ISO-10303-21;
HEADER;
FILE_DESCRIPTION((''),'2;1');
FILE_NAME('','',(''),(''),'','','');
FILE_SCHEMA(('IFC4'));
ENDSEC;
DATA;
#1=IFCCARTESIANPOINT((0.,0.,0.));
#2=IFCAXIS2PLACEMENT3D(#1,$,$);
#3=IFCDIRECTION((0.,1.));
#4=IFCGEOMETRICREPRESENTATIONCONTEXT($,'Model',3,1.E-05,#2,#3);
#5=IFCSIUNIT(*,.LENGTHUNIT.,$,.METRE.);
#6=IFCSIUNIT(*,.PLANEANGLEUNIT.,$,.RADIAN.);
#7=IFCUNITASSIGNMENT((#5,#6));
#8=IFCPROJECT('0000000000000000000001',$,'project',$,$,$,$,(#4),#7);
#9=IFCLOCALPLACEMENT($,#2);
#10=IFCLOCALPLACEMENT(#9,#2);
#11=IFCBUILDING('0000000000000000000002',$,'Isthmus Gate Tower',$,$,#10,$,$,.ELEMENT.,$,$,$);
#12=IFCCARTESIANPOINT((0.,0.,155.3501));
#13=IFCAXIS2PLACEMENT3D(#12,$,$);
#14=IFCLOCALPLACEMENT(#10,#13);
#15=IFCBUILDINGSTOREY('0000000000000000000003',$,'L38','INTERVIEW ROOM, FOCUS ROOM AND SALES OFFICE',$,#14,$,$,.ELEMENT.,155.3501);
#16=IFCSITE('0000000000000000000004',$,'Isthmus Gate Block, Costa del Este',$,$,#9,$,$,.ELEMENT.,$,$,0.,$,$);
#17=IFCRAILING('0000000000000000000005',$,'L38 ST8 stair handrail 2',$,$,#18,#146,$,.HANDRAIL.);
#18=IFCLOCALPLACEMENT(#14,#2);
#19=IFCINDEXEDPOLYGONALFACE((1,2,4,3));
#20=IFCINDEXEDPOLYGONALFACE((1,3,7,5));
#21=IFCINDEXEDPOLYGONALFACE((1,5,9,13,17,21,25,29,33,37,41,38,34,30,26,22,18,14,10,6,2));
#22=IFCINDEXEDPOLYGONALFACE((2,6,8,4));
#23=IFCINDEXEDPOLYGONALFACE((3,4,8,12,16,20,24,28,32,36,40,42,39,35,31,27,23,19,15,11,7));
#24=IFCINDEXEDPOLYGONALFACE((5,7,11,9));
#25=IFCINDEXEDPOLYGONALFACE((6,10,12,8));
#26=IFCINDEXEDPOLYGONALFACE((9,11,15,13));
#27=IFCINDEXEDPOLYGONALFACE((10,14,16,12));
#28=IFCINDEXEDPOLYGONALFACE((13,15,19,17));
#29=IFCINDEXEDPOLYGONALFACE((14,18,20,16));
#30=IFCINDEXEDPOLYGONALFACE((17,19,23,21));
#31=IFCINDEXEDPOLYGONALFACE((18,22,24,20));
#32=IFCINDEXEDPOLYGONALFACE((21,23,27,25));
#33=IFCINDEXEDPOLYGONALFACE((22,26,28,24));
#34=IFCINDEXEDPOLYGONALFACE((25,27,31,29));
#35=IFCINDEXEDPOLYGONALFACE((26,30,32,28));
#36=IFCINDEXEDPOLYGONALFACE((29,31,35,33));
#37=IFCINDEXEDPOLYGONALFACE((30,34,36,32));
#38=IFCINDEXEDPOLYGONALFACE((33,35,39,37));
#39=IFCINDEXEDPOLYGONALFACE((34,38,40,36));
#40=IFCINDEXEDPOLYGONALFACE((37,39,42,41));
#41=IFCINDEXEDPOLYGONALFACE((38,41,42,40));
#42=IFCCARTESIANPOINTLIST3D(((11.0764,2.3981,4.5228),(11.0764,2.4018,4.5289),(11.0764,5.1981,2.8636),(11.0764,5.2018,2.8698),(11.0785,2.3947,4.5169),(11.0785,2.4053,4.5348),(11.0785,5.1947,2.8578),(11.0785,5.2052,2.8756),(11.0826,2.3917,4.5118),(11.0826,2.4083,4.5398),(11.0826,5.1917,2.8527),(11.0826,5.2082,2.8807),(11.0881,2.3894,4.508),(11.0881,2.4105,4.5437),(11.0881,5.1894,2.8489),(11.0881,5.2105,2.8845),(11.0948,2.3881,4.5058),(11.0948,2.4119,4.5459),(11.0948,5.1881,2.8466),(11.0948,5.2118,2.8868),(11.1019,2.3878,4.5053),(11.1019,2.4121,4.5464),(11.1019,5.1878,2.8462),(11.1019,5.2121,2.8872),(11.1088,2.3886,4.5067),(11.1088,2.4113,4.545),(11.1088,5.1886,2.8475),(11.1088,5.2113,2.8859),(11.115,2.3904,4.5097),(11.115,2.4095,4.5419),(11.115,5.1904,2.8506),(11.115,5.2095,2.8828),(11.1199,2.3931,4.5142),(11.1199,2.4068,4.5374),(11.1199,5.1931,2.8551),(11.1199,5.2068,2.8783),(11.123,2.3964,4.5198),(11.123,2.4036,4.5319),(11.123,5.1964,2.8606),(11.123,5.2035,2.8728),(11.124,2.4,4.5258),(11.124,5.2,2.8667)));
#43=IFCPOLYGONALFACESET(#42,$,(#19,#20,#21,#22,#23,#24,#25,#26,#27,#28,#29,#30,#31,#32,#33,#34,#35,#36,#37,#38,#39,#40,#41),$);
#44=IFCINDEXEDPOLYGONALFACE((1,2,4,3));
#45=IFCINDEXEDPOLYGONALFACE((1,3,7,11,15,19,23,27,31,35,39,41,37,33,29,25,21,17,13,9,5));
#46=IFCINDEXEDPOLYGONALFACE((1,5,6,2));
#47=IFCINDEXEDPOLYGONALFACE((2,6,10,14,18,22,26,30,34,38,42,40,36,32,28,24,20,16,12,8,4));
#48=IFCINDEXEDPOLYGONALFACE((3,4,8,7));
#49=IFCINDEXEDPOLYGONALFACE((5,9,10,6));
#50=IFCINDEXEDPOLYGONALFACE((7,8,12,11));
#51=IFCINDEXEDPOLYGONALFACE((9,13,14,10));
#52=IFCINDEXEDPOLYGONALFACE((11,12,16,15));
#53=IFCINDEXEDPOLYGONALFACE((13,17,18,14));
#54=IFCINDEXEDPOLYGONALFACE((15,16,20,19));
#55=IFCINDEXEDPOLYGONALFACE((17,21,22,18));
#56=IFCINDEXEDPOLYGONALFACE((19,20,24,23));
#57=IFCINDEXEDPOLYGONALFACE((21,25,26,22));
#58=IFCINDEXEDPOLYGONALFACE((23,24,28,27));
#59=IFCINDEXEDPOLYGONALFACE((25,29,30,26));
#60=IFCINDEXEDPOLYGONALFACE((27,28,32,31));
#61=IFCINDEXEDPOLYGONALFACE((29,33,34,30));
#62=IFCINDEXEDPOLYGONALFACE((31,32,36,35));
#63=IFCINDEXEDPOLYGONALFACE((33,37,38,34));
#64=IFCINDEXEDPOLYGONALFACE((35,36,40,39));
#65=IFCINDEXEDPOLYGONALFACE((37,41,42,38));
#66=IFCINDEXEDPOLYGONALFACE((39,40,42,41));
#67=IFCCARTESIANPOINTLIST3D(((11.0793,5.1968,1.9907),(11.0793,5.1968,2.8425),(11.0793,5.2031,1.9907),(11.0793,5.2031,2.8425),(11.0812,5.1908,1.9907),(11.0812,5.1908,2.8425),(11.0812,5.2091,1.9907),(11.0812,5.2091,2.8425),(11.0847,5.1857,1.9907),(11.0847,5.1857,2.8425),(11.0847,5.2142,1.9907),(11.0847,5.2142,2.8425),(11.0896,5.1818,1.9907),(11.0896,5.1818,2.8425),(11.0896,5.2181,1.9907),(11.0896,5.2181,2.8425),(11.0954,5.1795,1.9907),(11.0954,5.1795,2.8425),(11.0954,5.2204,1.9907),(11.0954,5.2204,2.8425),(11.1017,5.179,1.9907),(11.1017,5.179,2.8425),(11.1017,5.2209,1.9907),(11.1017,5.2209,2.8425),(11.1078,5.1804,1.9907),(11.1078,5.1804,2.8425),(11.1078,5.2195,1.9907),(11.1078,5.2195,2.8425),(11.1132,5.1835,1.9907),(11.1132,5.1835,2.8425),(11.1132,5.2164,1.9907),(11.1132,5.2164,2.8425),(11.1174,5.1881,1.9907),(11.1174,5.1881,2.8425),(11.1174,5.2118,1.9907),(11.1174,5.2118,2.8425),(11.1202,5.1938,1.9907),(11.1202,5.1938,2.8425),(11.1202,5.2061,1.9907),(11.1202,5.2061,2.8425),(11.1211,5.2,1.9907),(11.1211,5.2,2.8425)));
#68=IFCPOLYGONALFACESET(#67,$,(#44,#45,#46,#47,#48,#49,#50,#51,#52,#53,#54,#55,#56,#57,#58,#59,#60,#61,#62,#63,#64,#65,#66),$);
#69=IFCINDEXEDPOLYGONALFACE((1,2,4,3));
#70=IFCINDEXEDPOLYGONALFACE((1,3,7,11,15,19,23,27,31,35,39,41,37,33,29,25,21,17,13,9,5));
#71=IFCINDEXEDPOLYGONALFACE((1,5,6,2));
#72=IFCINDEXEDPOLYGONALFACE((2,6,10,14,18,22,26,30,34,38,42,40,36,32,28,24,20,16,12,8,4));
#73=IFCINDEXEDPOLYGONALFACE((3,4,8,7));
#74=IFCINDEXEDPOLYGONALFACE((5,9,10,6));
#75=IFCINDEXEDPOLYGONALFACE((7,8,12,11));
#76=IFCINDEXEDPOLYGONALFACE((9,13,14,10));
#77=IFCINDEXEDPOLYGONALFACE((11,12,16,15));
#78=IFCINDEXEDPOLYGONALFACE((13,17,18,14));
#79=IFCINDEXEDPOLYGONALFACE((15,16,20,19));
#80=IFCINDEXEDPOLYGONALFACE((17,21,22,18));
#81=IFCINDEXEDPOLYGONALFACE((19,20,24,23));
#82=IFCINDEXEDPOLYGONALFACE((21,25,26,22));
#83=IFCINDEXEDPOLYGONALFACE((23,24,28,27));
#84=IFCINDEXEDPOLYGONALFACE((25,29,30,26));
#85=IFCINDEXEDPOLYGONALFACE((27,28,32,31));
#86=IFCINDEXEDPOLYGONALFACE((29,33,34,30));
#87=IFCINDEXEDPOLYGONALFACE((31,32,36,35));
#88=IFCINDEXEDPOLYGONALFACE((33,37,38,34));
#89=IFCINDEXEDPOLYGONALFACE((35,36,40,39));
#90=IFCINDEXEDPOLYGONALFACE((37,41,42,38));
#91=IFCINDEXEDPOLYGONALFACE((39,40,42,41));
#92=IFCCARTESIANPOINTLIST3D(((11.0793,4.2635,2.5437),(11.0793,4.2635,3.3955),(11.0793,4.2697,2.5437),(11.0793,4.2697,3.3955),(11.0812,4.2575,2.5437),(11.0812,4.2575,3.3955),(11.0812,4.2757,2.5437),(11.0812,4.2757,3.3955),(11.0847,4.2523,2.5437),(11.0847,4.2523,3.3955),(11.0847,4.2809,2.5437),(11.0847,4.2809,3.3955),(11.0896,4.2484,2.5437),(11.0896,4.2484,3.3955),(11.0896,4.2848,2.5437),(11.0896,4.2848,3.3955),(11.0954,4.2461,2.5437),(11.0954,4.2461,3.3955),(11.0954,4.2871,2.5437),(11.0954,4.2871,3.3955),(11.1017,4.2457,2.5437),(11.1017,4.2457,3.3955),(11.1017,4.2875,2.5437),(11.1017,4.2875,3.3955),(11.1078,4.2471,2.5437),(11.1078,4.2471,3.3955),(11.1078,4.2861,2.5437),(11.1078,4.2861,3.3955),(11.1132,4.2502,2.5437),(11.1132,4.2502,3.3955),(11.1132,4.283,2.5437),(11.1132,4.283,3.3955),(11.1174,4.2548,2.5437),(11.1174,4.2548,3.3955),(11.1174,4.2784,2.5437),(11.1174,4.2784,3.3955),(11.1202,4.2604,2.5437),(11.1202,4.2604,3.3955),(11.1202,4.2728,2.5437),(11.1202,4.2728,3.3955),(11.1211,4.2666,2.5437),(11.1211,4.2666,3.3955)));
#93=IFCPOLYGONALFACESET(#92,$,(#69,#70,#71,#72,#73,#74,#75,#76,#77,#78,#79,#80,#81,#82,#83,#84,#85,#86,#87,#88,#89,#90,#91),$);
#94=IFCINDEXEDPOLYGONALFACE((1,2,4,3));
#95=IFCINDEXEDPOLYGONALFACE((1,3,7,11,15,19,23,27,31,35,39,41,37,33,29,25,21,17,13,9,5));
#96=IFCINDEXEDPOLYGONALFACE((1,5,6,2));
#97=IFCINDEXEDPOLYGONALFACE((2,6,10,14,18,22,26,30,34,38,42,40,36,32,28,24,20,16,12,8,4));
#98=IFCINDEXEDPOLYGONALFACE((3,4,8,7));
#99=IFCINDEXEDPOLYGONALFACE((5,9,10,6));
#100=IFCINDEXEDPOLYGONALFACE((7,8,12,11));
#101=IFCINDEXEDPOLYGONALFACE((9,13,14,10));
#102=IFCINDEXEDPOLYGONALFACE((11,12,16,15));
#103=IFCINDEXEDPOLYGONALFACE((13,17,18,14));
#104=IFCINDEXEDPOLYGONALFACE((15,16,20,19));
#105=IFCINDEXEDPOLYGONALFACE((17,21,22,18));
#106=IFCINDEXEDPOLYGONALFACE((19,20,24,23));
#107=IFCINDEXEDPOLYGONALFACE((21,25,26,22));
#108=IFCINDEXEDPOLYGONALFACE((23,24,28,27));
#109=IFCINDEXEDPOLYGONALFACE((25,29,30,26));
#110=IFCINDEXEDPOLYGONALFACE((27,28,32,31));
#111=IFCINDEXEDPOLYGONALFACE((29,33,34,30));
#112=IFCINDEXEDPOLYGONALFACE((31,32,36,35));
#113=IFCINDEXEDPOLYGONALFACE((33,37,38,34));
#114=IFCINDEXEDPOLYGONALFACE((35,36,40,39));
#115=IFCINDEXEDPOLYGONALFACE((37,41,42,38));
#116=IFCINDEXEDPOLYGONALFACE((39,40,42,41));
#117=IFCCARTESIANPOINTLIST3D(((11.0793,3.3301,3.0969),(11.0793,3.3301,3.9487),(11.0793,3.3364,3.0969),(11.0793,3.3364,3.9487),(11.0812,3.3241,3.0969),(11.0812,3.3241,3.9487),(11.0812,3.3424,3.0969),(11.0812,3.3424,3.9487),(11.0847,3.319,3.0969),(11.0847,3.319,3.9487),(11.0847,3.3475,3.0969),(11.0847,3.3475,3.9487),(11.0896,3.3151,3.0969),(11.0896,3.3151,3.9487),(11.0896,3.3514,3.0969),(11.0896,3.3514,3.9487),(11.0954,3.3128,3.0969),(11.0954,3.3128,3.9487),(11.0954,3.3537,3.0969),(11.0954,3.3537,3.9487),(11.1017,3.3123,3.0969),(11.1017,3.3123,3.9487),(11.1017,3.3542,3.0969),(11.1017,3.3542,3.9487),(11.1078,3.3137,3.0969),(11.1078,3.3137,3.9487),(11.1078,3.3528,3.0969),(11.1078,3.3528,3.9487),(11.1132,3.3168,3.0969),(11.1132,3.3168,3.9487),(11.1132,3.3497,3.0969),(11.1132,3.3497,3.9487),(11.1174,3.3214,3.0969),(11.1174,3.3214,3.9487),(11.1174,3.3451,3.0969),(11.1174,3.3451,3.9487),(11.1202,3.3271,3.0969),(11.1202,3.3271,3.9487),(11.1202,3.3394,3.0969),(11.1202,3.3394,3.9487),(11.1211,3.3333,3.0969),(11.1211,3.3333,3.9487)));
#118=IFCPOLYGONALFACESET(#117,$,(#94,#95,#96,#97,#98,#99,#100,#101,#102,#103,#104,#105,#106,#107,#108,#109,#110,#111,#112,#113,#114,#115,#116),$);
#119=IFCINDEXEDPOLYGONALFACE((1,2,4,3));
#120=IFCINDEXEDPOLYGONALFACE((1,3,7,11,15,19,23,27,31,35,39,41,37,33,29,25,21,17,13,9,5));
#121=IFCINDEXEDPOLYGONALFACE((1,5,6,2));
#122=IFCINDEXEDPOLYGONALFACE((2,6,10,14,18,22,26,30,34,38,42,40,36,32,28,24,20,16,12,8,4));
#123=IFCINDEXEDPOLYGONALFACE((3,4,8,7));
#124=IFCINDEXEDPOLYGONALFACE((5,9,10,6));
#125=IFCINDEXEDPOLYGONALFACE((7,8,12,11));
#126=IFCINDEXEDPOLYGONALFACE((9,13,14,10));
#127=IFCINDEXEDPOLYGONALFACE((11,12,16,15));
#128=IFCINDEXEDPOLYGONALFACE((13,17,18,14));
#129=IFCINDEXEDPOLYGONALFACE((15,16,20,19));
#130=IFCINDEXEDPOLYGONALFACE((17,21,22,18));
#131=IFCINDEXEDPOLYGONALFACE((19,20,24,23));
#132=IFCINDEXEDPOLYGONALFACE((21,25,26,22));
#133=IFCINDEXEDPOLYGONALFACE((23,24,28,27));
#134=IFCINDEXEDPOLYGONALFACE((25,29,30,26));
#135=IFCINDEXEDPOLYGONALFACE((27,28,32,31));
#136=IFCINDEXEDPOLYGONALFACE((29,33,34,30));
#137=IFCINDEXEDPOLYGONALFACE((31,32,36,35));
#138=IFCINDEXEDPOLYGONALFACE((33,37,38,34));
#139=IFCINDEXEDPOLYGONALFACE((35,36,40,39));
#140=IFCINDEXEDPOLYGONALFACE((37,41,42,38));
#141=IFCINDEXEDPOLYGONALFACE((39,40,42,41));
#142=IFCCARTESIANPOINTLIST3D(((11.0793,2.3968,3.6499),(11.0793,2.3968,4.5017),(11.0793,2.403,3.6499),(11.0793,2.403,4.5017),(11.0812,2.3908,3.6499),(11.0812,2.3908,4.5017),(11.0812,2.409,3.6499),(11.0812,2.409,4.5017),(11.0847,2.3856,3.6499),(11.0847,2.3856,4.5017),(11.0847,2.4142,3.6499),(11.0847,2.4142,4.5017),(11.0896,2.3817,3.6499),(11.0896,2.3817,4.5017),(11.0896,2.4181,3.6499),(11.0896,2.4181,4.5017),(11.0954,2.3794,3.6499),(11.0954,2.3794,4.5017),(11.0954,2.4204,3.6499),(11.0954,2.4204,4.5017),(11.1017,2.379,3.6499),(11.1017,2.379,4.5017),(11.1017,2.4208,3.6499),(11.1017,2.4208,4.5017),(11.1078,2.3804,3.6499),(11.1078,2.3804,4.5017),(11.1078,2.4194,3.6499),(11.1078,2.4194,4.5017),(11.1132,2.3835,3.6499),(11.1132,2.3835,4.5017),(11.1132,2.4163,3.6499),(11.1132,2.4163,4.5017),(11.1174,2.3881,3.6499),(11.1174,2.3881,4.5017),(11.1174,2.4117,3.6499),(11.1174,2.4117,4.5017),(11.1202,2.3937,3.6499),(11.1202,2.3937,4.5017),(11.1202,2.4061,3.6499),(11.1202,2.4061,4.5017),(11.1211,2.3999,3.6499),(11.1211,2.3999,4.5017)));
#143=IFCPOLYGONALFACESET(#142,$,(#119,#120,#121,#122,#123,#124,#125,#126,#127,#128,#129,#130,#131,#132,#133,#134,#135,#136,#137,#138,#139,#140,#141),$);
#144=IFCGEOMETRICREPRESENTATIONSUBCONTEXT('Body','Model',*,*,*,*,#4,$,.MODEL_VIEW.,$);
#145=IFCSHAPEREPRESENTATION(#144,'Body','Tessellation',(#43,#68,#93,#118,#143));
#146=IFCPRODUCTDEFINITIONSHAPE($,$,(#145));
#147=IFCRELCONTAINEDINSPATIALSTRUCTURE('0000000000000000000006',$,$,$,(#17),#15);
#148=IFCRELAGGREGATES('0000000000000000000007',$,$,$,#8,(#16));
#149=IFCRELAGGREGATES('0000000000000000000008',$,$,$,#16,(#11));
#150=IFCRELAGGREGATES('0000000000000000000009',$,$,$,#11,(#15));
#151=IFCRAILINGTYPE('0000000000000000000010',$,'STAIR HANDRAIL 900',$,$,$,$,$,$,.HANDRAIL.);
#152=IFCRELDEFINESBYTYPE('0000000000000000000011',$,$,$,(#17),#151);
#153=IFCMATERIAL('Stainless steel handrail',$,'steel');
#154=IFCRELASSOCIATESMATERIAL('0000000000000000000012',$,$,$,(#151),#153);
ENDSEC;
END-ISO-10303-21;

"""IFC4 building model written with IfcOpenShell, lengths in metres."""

from ifc_helpers import new_model, si_unit, direction, frame, origin, origin_2d, place, context, subcontext, project, spatial, circle, extrude, material, type_object, element, save


model = new_model("IFC4")

# Units and contexts
model_context = context("Model", 3, precision=1e-05, world=origin(), true_north=direction((0.0, 1.0)))
body_context = subcontext(model_context, "Body", "Model", "MODEL_VIEW")
ifc_project = project(units=[si_unit("LENGTHUNIT", "METRE"), si_unit("PLANEANGLEUNIT", "RADIAN")], contexts=[model_context])

# Site, building, storey
site_placement = place(None, origin())
site = spatial("IfcSite", under=ifc_project, at=site_placement, Name="Isthmus Gate Block, Costa del Este", CompositionType="ELEMENT", RefElevation=0.0)
building_placement = place(site_placement, origin())
building = spatial("IfcBuilding", under=site, at=building_placement, Name="Isthmus Gate Tower", CompositionType="ELEMENT")
storey_placement = place(building_placement, frame((0.0, 0.0, 155.3501)))
storey = spatial("IfcBuildingStorey", under=building, at=storey_placement, Name="L38", Description="INTERVIEW ROOM, FOCUS ROOM AND SALES OFFICE", CompositionType="ELEMENT", Elevation=155.3501)

# Railing
ifc_material_1 = material(Name="Stainless steel handrail", Category="steel")
railing_type_1 = type_object("IfcRailingType", Name="STAIR HANDRAIL 900", PredefinedType="HANDRAIL", material=ifc_material_1)
railing_1_placement = place(storey_placement, frame((11.1001, 5.2, 1.9907)))
element("IfcRailing", 1, at=railing_1_placement, inside=storey, type_object=railing_type_1, Name="L38 ST8 stair handrail 2", PredefinedType="HANDRAIL", context=body_context, shape_type="SweptSolid", body=[
    extrude(circle(Radius=0.0239, at=origin_2d()), frame((0.0, 0.0, 0.876), z_axis=(0.0, -0.860306, 0.509778), x_axis=(1.0, 0.0, 0.0)), (0.0, 0.0, 1.0), 3.2546),
    extrude(circle(Radius=0.021, at=origin_2d()), origin(), (0.0, 0.0, 1.0), 0.8518),
    extrude(circle(Radius=0.021, at=origin_2d()), frame((0.0, -0.9333, 0.553)), (0.0, 0.0, 1.0), 0.8518),
    extrude(circle(Radius=0.021, at=origin_2d()), frame((0.0, -1.8667, 1.1062)), (0.0, 0.0, 1.0), 0.8518),
    extrude(circle(Radius=0.021, at=origin_2d()), frame((0.0, -2.8, 1.6592)), (0.0, 0.0, 1.0), 0.8518),
])

save(model, "model.ifc")
